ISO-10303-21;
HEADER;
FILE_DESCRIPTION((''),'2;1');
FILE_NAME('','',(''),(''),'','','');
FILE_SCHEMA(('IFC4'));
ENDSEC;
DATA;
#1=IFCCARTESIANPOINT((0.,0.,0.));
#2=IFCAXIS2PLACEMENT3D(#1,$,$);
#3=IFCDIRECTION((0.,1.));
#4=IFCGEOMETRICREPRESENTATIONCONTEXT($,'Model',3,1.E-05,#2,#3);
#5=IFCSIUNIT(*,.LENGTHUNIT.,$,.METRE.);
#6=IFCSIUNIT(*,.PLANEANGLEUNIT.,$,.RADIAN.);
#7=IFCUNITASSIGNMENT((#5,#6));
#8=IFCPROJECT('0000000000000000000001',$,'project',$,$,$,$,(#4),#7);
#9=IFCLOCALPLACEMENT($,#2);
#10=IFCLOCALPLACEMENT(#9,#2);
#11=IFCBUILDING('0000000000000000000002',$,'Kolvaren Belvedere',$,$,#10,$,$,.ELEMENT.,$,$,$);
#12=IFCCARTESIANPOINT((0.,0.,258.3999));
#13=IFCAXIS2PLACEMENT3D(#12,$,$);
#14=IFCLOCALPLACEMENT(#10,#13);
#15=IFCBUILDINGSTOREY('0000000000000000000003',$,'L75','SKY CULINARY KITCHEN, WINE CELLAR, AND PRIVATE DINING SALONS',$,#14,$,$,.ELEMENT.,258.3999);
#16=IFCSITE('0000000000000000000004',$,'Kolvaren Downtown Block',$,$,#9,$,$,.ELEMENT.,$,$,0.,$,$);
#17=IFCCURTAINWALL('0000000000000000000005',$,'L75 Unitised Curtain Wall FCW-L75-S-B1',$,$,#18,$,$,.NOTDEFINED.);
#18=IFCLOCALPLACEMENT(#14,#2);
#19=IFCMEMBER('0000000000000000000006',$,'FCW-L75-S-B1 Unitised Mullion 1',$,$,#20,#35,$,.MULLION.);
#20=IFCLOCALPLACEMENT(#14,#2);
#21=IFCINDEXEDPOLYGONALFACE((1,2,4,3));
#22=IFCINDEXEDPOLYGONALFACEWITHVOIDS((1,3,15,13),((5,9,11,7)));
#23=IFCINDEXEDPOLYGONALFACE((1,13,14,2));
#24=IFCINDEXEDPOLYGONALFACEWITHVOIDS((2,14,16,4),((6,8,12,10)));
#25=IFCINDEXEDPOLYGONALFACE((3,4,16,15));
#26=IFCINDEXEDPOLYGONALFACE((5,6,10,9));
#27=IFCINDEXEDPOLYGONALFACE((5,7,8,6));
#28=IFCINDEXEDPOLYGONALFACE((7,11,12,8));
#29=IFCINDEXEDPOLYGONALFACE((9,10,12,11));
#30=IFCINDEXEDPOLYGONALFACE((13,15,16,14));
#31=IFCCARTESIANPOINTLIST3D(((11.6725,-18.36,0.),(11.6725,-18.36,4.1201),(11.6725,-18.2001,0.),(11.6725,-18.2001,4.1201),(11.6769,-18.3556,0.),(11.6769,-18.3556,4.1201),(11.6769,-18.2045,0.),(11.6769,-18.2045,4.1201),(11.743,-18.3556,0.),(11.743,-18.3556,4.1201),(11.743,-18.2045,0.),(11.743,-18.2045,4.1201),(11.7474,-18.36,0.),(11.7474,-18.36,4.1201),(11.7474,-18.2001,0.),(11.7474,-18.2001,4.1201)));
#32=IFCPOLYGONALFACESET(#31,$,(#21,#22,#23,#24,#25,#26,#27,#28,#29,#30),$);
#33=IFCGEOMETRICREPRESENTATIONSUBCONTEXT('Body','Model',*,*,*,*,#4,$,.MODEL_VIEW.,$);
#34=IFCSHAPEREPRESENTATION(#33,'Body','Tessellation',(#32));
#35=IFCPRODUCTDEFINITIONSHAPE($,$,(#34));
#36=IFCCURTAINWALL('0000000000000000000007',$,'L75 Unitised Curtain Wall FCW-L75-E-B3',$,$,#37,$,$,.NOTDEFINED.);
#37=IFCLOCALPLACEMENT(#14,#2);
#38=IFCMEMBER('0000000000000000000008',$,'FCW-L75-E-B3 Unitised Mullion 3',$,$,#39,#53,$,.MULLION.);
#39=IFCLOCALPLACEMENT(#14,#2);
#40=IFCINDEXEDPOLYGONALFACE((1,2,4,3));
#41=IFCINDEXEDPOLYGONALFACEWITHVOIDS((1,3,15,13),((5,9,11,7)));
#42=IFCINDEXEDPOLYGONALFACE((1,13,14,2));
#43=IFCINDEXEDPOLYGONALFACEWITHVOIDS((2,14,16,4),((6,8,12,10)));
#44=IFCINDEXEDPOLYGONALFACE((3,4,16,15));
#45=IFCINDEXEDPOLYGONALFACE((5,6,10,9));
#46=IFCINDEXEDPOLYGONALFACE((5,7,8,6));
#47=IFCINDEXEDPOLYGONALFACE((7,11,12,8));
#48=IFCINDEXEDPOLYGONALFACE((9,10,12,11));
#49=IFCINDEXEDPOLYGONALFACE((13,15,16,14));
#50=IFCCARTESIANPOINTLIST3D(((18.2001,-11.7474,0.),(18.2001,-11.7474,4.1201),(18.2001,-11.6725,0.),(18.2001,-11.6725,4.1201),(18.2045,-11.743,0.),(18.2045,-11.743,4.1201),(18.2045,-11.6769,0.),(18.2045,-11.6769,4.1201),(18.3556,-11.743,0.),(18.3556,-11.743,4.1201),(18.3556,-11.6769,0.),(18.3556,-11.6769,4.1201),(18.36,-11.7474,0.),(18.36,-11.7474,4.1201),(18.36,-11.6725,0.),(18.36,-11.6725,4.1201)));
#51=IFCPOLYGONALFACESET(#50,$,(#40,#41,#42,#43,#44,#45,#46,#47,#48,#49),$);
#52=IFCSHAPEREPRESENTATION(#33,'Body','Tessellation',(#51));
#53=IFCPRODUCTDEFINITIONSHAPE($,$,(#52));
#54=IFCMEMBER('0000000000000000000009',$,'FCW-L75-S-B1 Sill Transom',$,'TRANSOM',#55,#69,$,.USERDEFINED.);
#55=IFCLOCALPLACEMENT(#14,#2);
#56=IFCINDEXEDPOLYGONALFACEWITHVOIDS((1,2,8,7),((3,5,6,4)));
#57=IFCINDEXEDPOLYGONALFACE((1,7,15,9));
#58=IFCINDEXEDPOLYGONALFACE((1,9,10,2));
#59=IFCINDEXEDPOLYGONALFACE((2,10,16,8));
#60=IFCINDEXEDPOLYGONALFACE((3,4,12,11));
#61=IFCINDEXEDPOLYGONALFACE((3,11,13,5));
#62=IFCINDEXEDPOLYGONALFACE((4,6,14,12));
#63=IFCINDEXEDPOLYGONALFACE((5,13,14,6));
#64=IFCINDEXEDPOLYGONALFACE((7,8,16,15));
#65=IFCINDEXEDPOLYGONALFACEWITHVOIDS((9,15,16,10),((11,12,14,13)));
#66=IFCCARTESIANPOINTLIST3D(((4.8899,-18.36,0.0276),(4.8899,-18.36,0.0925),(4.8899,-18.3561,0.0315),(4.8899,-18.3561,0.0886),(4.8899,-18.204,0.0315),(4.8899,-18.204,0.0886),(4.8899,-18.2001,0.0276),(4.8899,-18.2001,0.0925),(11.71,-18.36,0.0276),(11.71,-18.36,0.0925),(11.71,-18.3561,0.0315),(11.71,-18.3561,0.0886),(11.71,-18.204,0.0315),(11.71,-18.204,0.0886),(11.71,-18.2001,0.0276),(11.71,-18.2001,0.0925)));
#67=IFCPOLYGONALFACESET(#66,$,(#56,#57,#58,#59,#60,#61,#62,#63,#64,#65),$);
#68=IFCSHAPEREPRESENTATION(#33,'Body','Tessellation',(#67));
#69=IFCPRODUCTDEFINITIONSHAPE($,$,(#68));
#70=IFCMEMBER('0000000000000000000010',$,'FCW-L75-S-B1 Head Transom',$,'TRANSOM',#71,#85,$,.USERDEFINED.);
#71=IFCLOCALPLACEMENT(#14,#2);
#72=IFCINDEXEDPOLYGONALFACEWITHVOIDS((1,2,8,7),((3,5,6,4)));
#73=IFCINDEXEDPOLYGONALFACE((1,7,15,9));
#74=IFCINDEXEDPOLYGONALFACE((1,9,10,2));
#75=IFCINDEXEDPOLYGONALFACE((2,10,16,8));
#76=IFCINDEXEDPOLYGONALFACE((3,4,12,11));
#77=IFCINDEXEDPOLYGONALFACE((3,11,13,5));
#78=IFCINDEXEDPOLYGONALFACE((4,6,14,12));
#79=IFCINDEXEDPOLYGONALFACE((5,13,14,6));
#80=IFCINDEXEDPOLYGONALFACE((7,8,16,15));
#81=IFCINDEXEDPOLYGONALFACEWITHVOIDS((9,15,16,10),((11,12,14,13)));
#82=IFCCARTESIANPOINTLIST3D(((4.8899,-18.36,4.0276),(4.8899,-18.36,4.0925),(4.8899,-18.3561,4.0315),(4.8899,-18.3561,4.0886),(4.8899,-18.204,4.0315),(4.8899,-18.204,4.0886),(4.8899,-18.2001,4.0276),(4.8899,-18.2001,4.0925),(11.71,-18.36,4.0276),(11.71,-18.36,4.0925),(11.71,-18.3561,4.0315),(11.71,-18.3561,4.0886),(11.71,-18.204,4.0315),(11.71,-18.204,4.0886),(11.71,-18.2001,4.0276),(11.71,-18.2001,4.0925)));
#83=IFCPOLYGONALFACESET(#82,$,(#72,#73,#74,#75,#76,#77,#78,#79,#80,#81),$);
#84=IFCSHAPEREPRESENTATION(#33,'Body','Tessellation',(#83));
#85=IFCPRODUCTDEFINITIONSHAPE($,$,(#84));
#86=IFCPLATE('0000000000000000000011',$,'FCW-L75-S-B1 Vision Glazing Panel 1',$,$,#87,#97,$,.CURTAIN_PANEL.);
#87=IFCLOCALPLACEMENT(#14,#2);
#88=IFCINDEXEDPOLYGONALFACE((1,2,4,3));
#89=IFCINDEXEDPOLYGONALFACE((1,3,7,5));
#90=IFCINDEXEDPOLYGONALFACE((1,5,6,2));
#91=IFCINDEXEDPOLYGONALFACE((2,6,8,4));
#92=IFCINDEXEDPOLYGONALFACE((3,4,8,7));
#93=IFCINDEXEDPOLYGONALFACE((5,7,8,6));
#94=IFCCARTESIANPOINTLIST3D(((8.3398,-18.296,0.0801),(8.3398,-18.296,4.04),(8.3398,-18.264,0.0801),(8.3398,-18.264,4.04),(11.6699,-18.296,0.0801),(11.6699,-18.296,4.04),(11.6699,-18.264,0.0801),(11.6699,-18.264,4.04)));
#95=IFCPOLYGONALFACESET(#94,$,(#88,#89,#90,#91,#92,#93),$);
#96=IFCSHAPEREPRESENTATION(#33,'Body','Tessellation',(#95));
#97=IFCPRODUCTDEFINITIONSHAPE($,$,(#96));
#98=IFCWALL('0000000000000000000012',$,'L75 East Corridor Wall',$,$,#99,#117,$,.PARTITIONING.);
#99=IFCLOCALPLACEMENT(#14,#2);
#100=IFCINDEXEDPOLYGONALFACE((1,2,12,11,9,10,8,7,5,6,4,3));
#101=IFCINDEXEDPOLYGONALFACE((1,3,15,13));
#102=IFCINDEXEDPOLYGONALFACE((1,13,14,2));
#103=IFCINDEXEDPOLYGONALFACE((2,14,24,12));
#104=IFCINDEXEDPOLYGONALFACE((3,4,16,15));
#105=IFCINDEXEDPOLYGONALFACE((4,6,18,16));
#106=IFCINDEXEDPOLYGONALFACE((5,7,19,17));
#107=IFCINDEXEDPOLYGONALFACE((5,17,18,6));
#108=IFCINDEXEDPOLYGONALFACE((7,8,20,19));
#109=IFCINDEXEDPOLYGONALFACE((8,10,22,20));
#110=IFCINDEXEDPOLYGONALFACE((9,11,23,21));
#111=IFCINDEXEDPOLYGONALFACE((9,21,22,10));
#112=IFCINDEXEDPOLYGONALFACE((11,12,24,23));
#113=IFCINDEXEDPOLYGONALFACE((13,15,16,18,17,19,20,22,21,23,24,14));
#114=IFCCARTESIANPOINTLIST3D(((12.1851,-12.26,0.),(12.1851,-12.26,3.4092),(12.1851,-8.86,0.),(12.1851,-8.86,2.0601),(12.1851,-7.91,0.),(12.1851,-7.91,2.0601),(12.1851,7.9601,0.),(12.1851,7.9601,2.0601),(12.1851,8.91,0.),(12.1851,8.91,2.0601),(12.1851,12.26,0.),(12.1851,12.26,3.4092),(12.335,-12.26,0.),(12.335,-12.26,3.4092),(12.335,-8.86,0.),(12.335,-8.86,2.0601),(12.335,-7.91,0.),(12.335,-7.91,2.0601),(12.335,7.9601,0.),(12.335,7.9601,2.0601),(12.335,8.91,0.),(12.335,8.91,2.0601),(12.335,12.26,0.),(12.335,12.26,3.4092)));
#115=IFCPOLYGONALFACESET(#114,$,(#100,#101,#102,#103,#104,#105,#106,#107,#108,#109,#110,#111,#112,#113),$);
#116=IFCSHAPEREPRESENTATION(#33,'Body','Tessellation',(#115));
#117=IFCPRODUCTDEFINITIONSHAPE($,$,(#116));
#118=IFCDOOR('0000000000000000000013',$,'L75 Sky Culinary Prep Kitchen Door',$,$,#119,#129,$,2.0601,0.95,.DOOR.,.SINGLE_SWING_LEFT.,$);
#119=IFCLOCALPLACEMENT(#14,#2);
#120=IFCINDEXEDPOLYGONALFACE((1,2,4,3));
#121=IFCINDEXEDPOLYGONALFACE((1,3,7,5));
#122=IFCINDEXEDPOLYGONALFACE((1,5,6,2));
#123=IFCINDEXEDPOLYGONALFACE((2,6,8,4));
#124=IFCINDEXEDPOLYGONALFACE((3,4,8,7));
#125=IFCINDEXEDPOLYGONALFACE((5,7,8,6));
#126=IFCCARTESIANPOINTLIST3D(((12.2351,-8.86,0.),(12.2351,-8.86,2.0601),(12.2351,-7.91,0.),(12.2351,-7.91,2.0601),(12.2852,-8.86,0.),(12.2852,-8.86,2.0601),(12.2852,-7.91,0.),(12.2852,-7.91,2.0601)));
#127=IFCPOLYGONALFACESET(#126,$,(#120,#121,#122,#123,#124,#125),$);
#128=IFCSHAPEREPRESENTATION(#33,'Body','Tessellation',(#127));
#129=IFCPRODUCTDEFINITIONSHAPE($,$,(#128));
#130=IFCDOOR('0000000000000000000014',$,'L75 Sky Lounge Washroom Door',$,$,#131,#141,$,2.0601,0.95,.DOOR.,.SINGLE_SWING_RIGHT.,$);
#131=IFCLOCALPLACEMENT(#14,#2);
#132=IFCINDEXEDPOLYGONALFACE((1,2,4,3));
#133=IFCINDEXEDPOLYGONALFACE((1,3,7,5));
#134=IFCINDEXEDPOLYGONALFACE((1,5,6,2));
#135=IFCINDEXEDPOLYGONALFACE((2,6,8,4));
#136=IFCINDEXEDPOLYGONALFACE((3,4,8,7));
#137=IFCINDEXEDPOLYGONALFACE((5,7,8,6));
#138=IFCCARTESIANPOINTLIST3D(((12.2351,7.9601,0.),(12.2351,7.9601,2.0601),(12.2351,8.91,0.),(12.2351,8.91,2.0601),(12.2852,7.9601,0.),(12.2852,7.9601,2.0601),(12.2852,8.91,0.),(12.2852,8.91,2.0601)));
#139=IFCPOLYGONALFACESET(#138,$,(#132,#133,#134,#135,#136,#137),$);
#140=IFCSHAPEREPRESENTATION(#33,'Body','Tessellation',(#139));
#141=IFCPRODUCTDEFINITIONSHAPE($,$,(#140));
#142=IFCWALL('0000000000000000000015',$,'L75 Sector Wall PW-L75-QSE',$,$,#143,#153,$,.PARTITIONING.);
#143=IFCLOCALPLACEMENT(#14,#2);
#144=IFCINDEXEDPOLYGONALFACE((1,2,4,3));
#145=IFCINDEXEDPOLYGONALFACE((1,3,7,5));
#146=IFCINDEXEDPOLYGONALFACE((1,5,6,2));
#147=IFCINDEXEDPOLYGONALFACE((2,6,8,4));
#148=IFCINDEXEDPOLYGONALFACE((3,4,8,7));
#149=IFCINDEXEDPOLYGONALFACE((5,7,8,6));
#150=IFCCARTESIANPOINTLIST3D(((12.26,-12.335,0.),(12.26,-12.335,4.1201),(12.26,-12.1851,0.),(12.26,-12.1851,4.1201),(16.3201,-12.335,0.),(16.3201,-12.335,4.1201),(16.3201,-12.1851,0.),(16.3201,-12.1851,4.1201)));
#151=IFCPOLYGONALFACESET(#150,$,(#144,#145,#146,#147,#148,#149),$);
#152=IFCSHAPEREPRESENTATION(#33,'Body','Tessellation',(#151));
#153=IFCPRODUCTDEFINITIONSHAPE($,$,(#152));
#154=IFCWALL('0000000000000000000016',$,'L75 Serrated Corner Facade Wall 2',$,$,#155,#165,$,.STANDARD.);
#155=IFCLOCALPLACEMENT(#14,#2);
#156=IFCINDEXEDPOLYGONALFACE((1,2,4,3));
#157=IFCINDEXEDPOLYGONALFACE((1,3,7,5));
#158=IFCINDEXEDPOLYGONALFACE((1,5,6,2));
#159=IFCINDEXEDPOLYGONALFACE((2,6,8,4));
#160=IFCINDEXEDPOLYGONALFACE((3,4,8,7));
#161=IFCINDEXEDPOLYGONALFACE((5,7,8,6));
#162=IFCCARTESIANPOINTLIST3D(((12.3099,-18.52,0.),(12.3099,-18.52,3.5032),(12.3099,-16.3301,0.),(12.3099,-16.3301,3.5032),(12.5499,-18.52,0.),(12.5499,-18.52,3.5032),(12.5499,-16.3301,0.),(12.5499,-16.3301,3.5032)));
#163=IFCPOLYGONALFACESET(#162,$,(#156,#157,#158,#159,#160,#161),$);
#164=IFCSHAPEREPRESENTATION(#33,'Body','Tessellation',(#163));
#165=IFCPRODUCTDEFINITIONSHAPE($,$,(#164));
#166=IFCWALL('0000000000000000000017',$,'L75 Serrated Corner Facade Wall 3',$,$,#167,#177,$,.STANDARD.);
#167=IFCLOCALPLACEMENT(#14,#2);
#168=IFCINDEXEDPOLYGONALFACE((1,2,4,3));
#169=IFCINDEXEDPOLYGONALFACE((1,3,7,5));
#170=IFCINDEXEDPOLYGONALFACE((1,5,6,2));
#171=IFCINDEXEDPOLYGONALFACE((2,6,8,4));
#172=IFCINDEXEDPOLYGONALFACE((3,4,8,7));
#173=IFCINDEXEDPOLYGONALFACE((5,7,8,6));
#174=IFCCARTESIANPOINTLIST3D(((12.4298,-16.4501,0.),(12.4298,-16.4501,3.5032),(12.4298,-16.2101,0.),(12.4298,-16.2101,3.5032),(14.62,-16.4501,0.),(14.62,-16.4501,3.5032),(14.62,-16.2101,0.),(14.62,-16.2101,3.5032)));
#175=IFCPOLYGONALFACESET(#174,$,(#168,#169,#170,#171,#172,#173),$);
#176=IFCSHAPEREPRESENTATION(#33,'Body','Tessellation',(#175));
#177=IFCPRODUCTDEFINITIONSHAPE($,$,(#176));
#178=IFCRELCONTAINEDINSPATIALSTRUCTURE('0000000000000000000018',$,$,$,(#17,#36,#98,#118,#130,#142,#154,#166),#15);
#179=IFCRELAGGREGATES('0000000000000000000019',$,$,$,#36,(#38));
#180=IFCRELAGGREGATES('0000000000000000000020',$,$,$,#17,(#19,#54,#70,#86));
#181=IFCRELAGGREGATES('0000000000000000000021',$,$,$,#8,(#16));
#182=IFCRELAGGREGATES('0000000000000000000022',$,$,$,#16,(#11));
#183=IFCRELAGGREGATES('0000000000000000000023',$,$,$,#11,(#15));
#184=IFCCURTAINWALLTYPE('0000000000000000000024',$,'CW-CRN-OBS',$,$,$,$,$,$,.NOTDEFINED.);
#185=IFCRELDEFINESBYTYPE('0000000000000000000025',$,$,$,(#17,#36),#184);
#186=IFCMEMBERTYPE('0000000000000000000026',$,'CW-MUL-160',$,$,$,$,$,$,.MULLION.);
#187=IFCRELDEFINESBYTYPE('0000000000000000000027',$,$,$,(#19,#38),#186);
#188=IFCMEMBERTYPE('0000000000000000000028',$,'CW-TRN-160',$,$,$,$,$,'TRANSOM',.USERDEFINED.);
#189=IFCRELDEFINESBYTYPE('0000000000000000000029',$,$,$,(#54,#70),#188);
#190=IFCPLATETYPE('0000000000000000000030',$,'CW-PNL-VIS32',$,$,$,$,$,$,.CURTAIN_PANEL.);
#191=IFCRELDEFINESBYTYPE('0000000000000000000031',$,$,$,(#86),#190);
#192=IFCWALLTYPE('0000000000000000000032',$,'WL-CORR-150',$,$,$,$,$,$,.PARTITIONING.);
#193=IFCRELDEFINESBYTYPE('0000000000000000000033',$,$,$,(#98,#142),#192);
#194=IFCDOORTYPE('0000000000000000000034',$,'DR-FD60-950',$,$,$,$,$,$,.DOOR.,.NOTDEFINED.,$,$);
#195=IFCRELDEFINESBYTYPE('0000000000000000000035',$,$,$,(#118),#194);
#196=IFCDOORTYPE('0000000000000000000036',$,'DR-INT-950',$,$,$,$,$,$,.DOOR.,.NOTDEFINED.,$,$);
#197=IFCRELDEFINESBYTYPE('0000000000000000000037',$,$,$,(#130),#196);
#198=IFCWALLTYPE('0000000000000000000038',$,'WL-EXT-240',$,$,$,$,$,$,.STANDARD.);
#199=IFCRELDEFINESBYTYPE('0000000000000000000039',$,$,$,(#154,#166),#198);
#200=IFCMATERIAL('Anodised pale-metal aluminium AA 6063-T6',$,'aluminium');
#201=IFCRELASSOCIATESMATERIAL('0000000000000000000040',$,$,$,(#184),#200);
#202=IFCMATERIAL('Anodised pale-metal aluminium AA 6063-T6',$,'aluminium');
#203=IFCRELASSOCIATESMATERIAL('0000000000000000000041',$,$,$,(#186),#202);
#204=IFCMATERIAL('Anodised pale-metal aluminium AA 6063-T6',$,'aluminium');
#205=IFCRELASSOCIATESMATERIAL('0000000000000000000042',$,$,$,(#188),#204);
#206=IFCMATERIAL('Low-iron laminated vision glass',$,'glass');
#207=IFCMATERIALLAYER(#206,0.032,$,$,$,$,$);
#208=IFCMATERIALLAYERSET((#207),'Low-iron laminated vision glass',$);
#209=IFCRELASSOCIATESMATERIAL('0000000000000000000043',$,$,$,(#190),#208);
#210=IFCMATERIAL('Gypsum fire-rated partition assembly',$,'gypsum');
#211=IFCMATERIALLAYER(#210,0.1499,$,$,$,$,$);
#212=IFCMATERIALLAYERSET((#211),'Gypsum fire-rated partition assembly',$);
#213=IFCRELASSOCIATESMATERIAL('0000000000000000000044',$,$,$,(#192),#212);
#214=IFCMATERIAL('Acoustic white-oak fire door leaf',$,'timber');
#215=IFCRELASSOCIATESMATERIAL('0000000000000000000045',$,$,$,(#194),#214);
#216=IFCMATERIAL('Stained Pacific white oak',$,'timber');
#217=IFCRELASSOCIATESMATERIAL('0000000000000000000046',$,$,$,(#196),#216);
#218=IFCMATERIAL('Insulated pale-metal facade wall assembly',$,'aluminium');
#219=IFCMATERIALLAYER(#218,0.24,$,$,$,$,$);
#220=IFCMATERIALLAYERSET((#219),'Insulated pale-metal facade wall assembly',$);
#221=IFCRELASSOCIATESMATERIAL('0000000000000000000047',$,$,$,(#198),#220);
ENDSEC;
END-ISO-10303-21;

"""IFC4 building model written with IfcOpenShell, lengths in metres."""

from ifc_helpers import new_model, si_unit, direction, frame, frame_2d, origin, origin_2d, place, context, subcontext, project, spatial, rectangle, hollow_rectangle, extrude, material, layer, layer_set, material_profile, profile_set, type_object, element, fill, aggregate, save


model = new_model("IFC4")

# Units and contexts
model_context = context("Model", 3, precision=1e-05, world=origin(), true_north=direction((0.0, 1.0)))
body_context = subcontext(model_context, "Body", "Model", "MODEL_VIEW")
ifc_project = project(units=[si_unit("LENGTHUNIT", "METRE"), si_unit("PLANEANGLEUNIT", "RADIAN")], contexts=[model_context])

# Site, building, storey
site_placement = place(None, origin())
site = spatial("IfcSite", under=ifc_project, at=site_placement, Name="Kolvaren Downtown Block", CompositionType="ELEMENT", RefElevation=0.0)
building_placement = place(site_placement, origin())
building = spatial("IfcBuilding", under=site, at=building_placement, Name="Kolvaren Belvedere", CompositionType="ELEMENT")
storey_placement = place(building_placement, frame((0.0, 0.0, 258.3999)))
storey = spatial("IfcBuildingStorey", under=building, at=storey_placement, Name="L75", Description="SKY CULINARY KITCHEN, WINE CELLAR, AND PRIVATE DINING SALONS", CompositionType="ELEMENT", Elevation=258.3999)

# Curtain walls, members
ifc_material_1 = material(Name="Anodised pale-metal aluminium AA 6063-T6", Category="aluminium")
curtain_wall_type = type_object("IfcCurtainWallType", Name="CW-CRN-OBS", PredefinedType="NOTDEFINED", material=ifc_material_1)
curtain_wall_1_placement = place(storey_placement, origin())
curtain_wall_1 = element("IfcCurtainWall", 1, at=curtain_wall_1_placement, inside=storey, type_object=curtain_wall_type, Name="L75 Unitised Curtain Wall FCW-L75-S-B1", PredefinedType="NOTDEFINED")
ifc_material_2 = material(Name="Anodised pale-metal aluminium AA 6063-T6", Category="aluminium")
ifc_material_profile_1 = material_profile(ifc_material_2, hollow_rectangle(XDim=0.075, YDim=0.1599, WallThickness=0.0044, at=origin_2d()), Name="ALU-MUL-160X75")
ifc_profile_set_1 = profile_set([ifc_material_profile_1], Name="Anodised pale-metal aluminium AA 6063-T6")
member_type_1 = type_object("IfcMemberType", Name="CW-MUL-160", PredefinedType="MULLION", material=ifc_profile_set_1)
member_1_placement = place(storey_placement, frame((11.71, -18.28, 0.0), z_axis=(0.0, 0.0, 1.0), x_axis=(1.0, 0.0, 0.0)))
member_1 = element("IfcMember", 2, at=member_1_placement, type_object=member_type_1, Name="FCW-L75-S-B1 Unitised Mullion 1", PredefinedType="MULLION", context=body_context, shape_type="SweptSolid", body=[
    extrude(hollow_rectangle(XDim=0.075, YDim=0.1599, WallThickness=0.0044, at=origin_2d()), origin(), (0.0, 0.0, 1.0), 4.1201),
])
curtain_wall_2_placement = place(storey_placement, origin())
curtain_wall_2 = element("IfcCurtainWall", 3, at=curtain_wall_2_placement, inside=storey, type_object=curtain_wall_type, Name="L75 Unitised Curtain Wall FCW-L75-E-B3", PredefinedType="NOTDEFINED")
member_2_placement = place(storey_placement, frame((18.28, -11.71, 0.0), z_axis=(0.0, 0.0, 1.0), x_axis=(0.0, 1.0, 0.0)))
member_2 = element("IfcMember", 4, at=member_2_placement, type_object=member_type_1, Name="FCW-L75-E-B3 Unitised Mullion 3", PredefinedType="MULLION", context=body_context, shape_type="SweptSolid", body=[
    extrude(hollow_rectangle(XDim=0.075, YDim=0.1599, WallThickness=0.0044, at=origin_2d()), origin(), (0.0, 0.0, 1.0), 4.1201),
])
aggregate(curtain_wall_2, [member_2])

# Members
ifc_material_3 = material(Name="Anodised pale-metal aluminium AA 6063-T6", Category="aluminium")
ifc_material_profile_2 = material_profile(ifc_material_3, hollow_rectangle(XDim=0.0649, YDim=0.1599, WallThickness=0.0039, at=origin_2d()), Name="ALU-TRN-160X65")
ifc_profile_set_2 = profile_set([ifc_material_profile_2], Name="Anodised pale-metal aluminium AA 6063-T6")
member_type_2 = type_object("IfcMemberType", Name="CW-TRN-160", ElementType="TRANSOM", PredefinedType="USERDEFINED", material=ifc_profile_set_2)
member_3_placement = place(storey_placement, frame((11.71, -18.28, 0.0601), z_axis=(-1.0, 0.0, 0.0), x_axis=(0.0, 0.0, 1.0)))
member_3 = element("IfcMember", 5, at=member_3_placement, type_object=member_type_2, Name="FCW-L75-S-B1 Sill Transom", ObjectType="TRANSOM", PredefinedType="USERDEFINED", context=body_context, shape_type="SweptSolid", body=[
    extrude(hollow_rectangle(XDim=0.0649, YDim=0.1599, WallThickness=0.0039, at=origin_2d()), origin(), (0.0, 0.0, 1.0), 6.8201),
])
member_4_placement = place(storey_placement, frame((11.71, -18.28, 4.0601), z_axis=(-1.0, 0.0, 0.0), x_axis=(0.0, 0.0, 1.0)))
member_4 = element("IfcMember", 6, at=member_4_placement, type_object=member_type_2, Name="FCW-L75-S-B1 Head Transom", ObjectType="TRANSOM", PredefinedType="USERDEFINED", context=body_context, shape_type="SweptSolid", body=[
    extrude(hollow_rectangle(XDim=0.0649, YDim=0.1599, WallThickness=0.0039, at=origin_2d()), origin(), (0.0, 0.0, 1.0), 6.8201),
])

# Plate
ifc_material_4 = material(Name="Low-iron laminated vision glass", Category="glass")
ifc_layer_1 = layer(ifc_material_4, 0.032)
ifc_layer_set_1 = layer_set([ifc_layer_1], Name="Low-iron laminated vision glass")
plate_type = type_object("IfcPlateType", Name="CW-PNL-VIS32", PredefinedType="CURTAIN_PANEL", material=ifc_layer_set_1)
plate_placement = place(storey_placement, frame((10.0049, -18.28, 0.0801), z_axis=(0.0, 0.0, 1.0), x_axis=(-1.0, 0.0, 0.0)))
plate = element("IfcPlate", 7, at=plate_placement, type_object=plate_type, Name="FCW-L75-S-B1 Vision Glazing Panel 1", PredefinedType="CURTAIN_PANEL", context=body_context, shape_type="SweptSolid", body=[
    extrude(rectangle(XDim=3.3301, YDim=0.032, at=origin_2d()), origin(), (0.0, 0.0, 1.0), 3.96),
])
aggregate(curtain_wall_1, [member_1, member_3, member_4, plate])

# Wall, openings, doors
ifc_material_5 = material(Name="Gypsum fire-rated partition assembly", Category="gypsum")
ifc_layer_2 = layer(ifc_material_5, 0.1499)
ifc_layer_set_2 = layer_set([ifc_layer_2], Name="Gypsum fire-rated partition assembly")
wall_type_1 = type_object("IfcWallType", Name="WL-CORR-150", PredefinedType="PARTITIONING", material=ifc_layer_set_2)
wall_1_placement = place(storey_placement, frame((12.26, -12.26, 0.0), z_axis=(0.0, 0.0, 1.0), x_axis=(0.0, 1.0, 0.0)))
wall_1 = element("IfcWall", 8, at=wall_1_placement, inside=storey, type_object=wall_type_1, Name="L75 East Corridor Wall", PredefinedType="PARTITIONING", context=body_context, shape_type="SweptSolid", body=[
    extrude(rectangle(XDim=24.52, YDim=0.1499, at=frame_2d((12.26, 0.0))), origin(), (0.0, 0.0, 1.0), 3.4092),
])
opening_1_placement = place(wall_1_placement, frame((3.3999, 0.0, 0.0)))
opening_1 = element("IfcOpeningElement", 9, at=opening_1_placement, cuts=wall_1, PredefinedType="OPENING", context=body_context, shape_type="SweptSolid", body=[
    extrude(rectangle(XDim=0.95, YDim=2.0601, at=frame_2d((0.4751, 1.03))), frame((0.0, 0.085, 0.0), z_axis=(0.0, -1.0, 0.0), x_axis=(1.0, 0.0, 0.0)), (0.0, 0.0, 1.0), 0.1699),
])
opening_2_placement = place(wall_1_placement, frame((20.22, 0.0, 0.0)))
opening_2 = element("IfcOpeningElement", 10, at=opening_2_placement, cuts=wall_1, PredefinedType="OPENING", context=body_context, shape_type="SweptSolid", body=[
    extrude(rectangle(XDim=0.95, YDim=2.0601, at=frame_2d((0.4751, 1.03))), frame((0.0, 0.085, 0.0), z_axis=(0.0, -1.0, 0.0), x_axis=(1.0, 0.0, 0.0)), (0.0, 0.0, 1.0), 0.1699),
])
ifc_material_6 = material(Name="Acoustic white-oak fire door leaf", Category="timber")
door_type_1 = type_object("IfcDoorType", Name="DR-FD60-950", OperationType="NOTDEFINED", PredefinedType="DOOR", material=ifc_material_6)
door_1_placement = place(opening_1_placement, origin())
door_1 = element("IfcDoor", 11, at=door_1_placement, inside=storey, type_object=door_type_1, Name="L75 Sky Culinary Prep Kitchen Door", OperationType="SINGLE_SWING_LEFT", OverallHeight=2.0601, OverallWidth=0.95, PredefinedType="DOOR", context=body_context, shape_type="SweptSolid", body=[
    extrude(rectangle(XDim=0.95, YDim=2.0601, at=frame_2d((0.4751, 1.03))), frame((0.0, 0.0249, 0.0), z_axis=(0.0, -1.0, 0.0), x_axis=(1.0, 0.0, 0.0)), (0.0, 0.0, 1.0), 0.05),
])
fill(opening_1, door_1)
ifc_material_7 = material(Name="Stained Pacific white oak", Category="timber")
door_type_2 = type_object("IfcDoorType", Name="DR-INT-950", OperationType="NOTDEFINED", PredefinedType="DOOR", material=ifc_material_7)
door_2_placement = place(opening_2_placement, origin())
door_2 = element("IfcDoor", 12, at=door_2_placement, inside=storey, type_object=door_type_2, Name="L75 Sky Lounge Washroom Door", OperationType="SINGLE_SWING_RIGHT", OverallHeight=2.0601, OverallWidth=0.95, PredefinedType="DOOR", context=body_context, shape_type="SweptSolid", body=[
    extrude(rectangle(XDim=0.95, YDim=2.0601, at=frame_2d((0.4751, 1.03))), frame((0.0, 0.0249, 0.0), z_axis=(0.0, -1.0, 0.0), x_axis=(1.0, 0.0, 0.0)), (0.0, 0.0, 1.0), 0.05),
])
fill(opening_2, door_2)

# Walls
wall_2_placement = place(storey_placement, frame((12.26, -12.26, 0.0), z_axis=(0.0, 0.0, 1.0), x_axis=(1.0, 0.0, 0.0)))
element("IfcWall", 13, at=wall_2_placement, inside=storey, type_object=wall_type_1, Name="L75 Sector Wall PW-L75-QSE", PredefinedType="PARTITIONING", context=body_context, shape_type="SweptSolid", body=[
    extrude(rectangle(XDim=4.0601, YDim=0.1499, at=frame_2d((2.03, 0.0))), origin(), (0.0, 0.0, 1.0), 4.1201),
])
ifc_material_8 = material(Name="Insulated pale-metal facade wall assembly", Category="aluminium")
ifc_layer_3 = layer(ifc_material_8, 0.24)
ifc_layer_set_3 = layer_set([ifc_layer_3], Name="Insulated pale-metal facade wall assembly")
wall_type_2 = type_object("IfcWallType", Name="WL-EXT-240", PredefinedType="STANDARD", material=ifc_layer_set_3)
wall_3_placement = place(storey_placement, frame((12.4299, -16.3301, 0.0), z_axis=(0.0, 0.0, 1.0), x_axis=(0.0, -1.0, 0.0)))
element("IfcWall", 14, at=wall_3_placement, inside=storey, type_object=wall_type_2, Name="L75 Serrated Corner Facade Wall 2", PredefinedType="STANDARD", context=body_context, shape_type="SweptSolid", body=[
    extrude(rectangle(XDim=2.1899, YDim=0.24, at=frame_2d((1.095, 0.0))), origin(), (0.0, 0.0, 1.0), 3.5032),
])
for number, where, z_axis, x_axis, name in (
    (15, (14.6201, -16.3301, 0.0), (0.0, 0.0, 1.0), (-1.0, 0.0, 0.0), "L75 Serrated Corner Facade Wall 3"),
):
    element("IfcWall", number, at=place(storey_placement, frame(where, z_axis=z_axis, x_axis=x_axis)), inside=storey, type_object=wall_type_2, Name=name, PredefinedType="STANDARD", context=body_context, shape_type="SweptSolid", body=[
        extrude(rectangle(XDim=2.1902, YDim=0.24, at=frame_2d((1.0952, 0.0))), origin(), (0.0, 0.0, 1.0), 3.5032),
    ])

save(model, "model.ifc")
